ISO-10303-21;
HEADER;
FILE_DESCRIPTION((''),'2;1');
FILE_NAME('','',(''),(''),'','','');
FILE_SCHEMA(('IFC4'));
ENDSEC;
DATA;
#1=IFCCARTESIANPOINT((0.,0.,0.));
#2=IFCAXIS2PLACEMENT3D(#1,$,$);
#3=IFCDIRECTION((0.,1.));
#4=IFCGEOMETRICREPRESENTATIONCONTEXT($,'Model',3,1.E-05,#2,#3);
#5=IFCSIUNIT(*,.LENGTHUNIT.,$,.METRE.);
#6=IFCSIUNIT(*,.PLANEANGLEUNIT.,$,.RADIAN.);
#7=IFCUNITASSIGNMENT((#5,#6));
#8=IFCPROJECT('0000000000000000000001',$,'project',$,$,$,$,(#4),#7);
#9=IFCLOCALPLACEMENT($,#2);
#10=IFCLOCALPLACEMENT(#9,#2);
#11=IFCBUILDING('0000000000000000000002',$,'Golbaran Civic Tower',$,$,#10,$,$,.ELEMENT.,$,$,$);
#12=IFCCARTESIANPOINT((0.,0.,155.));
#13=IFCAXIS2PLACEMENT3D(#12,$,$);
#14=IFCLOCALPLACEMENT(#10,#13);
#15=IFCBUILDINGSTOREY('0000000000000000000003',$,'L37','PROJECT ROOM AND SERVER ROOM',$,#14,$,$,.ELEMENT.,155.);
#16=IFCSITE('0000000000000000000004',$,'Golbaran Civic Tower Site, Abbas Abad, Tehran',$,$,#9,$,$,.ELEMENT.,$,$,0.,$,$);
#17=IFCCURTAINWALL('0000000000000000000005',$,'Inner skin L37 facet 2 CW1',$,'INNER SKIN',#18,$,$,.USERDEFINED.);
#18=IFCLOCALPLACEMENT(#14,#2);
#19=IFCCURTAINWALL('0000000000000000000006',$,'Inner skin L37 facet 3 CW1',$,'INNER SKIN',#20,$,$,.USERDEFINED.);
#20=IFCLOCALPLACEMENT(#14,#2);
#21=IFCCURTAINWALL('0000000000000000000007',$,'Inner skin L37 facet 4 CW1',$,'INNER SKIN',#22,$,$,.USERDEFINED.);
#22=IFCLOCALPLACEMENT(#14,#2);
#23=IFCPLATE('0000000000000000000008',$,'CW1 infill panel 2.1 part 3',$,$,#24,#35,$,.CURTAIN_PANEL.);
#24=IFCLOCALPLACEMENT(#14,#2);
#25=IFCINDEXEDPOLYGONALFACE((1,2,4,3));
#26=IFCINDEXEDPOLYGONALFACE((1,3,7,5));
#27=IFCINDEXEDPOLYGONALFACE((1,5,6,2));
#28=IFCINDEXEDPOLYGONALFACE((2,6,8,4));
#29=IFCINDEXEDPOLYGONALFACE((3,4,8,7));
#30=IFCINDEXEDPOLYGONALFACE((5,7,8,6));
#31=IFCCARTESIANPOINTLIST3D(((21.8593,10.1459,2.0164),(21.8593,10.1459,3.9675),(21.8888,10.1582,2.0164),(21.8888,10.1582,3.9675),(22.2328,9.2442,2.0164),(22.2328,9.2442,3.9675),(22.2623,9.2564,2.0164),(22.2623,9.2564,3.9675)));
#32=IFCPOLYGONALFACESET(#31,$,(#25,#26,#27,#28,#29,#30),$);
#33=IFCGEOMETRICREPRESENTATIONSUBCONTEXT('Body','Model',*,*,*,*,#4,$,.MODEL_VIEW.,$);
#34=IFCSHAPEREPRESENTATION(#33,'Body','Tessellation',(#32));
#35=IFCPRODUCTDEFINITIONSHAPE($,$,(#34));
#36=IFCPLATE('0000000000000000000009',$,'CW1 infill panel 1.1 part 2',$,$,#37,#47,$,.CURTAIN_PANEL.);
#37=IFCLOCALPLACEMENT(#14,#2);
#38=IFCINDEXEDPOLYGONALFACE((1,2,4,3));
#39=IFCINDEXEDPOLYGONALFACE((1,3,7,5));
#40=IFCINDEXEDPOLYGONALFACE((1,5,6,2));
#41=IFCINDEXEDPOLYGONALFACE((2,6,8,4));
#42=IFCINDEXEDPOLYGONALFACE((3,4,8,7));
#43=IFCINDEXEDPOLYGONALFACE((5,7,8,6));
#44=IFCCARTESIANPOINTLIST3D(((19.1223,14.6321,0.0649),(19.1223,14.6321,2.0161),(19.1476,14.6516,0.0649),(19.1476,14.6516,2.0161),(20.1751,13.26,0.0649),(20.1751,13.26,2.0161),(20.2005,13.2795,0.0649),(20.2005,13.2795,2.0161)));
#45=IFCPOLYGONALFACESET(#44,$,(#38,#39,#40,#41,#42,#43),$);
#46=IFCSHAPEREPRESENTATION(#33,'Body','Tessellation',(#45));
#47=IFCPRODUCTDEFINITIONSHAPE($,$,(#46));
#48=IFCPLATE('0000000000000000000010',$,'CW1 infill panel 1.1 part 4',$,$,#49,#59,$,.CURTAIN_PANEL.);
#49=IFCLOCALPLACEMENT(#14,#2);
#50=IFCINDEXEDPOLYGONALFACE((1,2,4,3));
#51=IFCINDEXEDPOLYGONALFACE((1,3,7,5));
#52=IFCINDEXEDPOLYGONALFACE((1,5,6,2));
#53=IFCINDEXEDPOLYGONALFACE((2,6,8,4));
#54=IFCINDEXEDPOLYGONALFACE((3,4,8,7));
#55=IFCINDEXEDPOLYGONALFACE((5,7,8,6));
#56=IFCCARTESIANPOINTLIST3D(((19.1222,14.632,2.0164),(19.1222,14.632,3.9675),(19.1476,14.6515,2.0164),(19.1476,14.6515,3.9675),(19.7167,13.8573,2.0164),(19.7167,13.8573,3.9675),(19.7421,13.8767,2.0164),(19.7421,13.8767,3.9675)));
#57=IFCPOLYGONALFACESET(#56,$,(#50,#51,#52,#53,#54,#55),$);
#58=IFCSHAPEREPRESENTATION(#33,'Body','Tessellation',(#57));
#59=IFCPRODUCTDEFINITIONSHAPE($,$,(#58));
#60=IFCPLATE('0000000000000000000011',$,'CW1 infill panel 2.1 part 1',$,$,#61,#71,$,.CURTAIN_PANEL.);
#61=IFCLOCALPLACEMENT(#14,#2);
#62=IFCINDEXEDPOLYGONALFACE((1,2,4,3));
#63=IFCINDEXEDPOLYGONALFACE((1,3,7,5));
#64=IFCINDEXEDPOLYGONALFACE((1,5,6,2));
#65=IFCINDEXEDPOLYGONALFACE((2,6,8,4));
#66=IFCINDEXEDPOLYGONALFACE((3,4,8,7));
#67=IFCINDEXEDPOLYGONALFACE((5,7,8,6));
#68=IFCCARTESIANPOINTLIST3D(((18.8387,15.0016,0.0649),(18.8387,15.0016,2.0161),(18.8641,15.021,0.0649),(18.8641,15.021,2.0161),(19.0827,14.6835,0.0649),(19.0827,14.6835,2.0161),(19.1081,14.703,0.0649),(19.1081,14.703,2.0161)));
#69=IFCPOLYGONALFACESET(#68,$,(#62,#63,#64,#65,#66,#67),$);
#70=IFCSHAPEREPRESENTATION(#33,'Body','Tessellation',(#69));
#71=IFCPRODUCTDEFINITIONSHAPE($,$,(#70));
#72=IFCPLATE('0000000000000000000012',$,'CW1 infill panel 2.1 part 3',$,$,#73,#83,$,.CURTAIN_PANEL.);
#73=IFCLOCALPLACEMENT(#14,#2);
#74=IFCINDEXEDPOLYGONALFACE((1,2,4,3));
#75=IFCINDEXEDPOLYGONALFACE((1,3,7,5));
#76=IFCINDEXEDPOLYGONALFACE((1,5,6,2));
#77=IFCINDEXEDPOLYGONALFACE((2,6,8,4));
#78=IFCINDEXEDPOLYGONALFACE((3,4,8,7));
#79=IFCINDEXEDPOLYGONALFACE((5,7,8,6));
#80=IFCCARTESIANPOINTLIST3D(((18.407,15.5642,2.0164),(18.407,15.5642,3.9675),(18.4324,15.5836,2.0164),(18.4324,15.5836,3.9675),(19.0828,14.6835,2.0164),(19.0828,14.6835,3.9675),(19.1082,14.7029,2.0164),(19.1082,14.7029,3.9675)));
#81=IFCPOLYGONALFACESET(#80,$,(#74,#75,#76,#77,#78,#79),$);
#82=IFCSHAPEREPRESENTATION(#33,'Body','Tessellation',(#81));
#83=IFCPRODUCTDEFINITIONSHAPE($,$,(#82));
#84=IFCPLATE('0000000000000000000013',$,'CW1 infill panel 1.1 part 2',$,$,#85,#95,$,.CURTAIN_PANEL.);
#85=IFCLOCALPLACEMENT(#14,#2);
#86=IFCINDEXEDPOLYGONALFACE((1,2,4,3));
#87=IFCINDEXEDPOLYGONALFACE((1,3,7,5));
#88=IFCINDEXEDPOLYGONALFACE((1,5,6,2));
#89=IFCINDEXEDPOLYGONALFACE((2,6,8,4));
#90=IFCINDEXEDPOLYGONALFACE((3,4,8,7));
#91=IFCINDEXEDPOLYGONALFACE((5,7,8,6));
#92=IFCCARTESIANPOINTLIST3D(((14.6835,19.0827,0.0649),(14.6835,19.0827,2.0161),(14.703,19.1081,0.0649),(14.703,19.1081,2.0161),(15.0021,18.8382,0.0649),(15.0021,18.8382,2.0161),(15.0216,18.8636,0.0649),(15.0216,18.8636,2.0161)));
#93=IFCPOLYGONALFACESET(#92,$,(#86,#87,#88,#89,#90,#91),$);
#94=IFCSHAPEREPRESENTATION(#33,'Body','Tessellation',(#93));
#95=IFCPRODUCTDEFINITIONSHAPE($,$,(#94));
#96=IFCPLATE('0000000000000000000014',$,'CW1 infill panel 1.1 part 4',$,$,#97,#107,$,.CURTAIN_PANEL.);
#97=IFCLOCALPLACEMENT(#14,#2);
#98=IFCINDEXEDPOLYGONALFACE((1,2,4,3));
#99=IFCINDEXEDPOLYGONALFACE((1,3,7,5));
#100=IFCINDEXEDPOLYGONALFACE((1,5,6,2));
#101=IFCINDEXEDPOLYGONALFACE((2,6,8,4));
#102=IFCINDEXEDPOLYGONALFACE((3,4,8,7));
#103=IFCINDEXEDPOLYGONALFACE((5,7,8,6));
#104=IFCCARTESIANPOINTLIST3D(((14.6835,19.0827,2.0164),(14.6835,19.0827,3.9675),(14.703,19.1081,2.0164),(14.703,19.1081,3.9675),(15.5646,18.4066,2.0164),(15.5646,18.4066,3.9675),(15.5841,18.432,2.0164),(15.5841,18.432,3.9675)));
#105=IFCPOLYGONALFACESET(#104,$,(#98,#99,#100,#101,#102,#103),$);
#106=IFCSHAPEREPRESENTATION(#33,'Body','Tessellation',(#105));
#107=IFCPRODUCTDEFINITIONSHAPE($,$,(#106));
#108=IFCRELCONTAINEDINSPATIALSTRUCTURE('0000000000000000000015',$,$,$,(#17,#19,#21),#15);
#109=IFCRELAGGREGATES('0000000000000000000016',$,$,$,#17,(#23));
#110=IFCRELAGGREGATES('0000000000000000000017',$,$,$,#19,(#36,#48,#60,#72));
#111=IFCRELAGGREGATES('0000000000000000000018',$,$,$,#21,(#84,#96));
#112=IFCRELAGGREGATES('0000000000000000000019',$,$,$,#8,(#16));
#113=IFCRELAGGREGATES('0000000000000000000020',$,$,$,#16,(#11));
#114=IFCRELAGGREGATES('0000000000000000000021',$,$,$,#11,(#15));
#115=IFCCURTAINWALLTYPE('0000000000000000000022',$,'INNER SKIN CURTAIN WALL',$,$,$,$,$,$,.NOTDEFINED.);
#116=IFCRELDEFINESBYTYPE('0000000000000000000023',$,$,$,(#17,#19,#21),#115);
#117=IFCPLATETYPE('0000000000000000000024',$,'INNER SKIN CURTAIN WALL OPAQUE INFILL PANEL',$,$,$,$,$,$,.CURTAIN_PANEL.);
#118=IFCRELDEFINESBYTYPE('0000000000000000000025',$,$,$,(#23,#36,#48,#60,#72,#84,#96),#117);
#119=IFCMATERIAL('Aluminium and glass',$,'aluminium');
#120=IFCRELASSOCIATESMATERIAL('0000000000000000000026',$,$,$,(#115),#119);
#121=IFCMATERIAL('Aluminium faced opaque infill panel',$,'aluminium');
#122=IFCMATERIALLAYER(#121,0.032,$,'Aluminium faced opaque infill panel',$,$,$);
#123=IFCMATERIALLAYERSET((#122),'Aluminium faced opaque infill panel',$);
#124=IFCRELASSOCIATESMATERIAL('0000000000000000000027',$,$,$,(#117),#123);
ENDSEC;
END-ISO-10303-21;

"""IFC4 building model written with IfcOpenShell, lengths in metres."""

from ifc_helpers import new_model, si_unit, direction, frame, origin, origin_2d, place, context, subcontext, project, spatial, rectangle, extrude, material, layer, layer_set, type_object, element, aggregate, save


model = new_model("IFC4")

# Units and contexts
model_context = context("Model", 3, precision=1e-05, world=origin(), true_north=direction((0.0, 1.0)))
body_context = subcontext(model_context, "Body", "Model", "MODEL_VIEW")
ifc_project = project(units=[si_unit("LENGTHUNIT", "METRE"), si_unit("PLANEANGLEUNIT", "RADIAN")], contexts=[model_context])

# Site, building, storey
site_placement = place(None, origin())
site = spatial("IfcSite", under=ifc_project, at=site_placement, Name="Golbaran Civic Tower Site, Abbas Abad, Tehran", CompositionType="ELEMENT", RefElevation=0.0)
building_placement = place(site_placement, origin())
building = spatial("IfcBuilding", under=site, at=building_placement, Name="Golbaran Civic Tower", CompositionType="ELEMENT")
storey_placement = place(building_placement, frame((0.0, 0.0, 155.0)))
storey = spatial("IfcBuildingStorey", under=building, at=storey_placement, Name="L37", Description="PROJECT ROOM AND SERVER ROOM", CompositionType="ELEMENT", Elevation=155.0)

# Curtain wall
ifc_material_1 = material(Name="Aluminium and glass", Category="aluminium")
curtain_wall_type = type_object("IfcCurtainWallType", Name="INNER SKIN CURTAIN WALL", PredefinedType="NOTDEFINED", material=ifc_material_1)
curtain_wall_1_placement = place(storey_placement, origin())
curtain_wall_1 = element("IfcCurtainWall", 1, at=curtain_wall_1_placement, inside=storey, type_object=curtain_wall_type, Name="Inner skin L37 facet 2 CW1", ObjectType="INNER SKIN", PredefinedType="USERDEFINED")

# Curtain wall
curtain_wall_2_placement = place(storey_placement, origin())
curtain_wall_2 = element("IfcCurtainWall", 2, at=curtain_wall_2_placement, inside=storey, type_object=curtain_wall_type, Name="Inner skin L37 facet 3 CW1", ObjectType="INNER SKIN", PredefinedType="USERDEFINED")

# Curtain wall
curtain_wall_3_placement = place(storey_placement, origin())
curtain_wall_3 = element("IfcCurtainWall", 3, at=curtain_wall_3_placement, inside=storey, type_object=curtain_wall_type, Name="Inner skin L37 facet 4 CW1", ObjectType="INNER SKIN", PredefinedType="USERDEFINED")

# Plates
ifc_material_2 = material(Name="Aluminium faced opaque infill panel", Category="aluminium")
ifc_layer_1 = layer(ifc_material_2, 0.032, Name="Aluminium faced opaque infill panel")
ifc_layer_set_1 = layer_set([ifc_layer_1], Name="Aluminium faced opaque infill panel")
plate_type_1 = type_object("IfcPlateType", Name="INNER SKIN CURTAIN WALL OPAQUE INFILL PANEL", PredefinedType="CURTAIN_PANEL", material=ifc_layer_set_1)
plate_1_placement = place(storey_placement, frame((22.0608, 9.7012, 2.0164), z_axis=(0.0, 0.0, 1.0), x_axis=(-0.382683, 0.92388, 0.0)))
plate_1 = element("IfcPlate", 4, at=plate_1_placement, type_object=plate_type_1, Name="CW1 infill panel 2.1 part 3", PredefinedType="CURTAIN_PANEL", context=body_context, shape_type="SweptSolid", body=[
    extrude(rectangle(XDim=0.9761, YDim=0.032, at=origin_2d()), origin(), (0.0, 0.0, 1.0), 1.9512),
])
aggregate(curtain_wall_1, [plate_1])
plate_2_placement = place(storey_placement, frame((19.6614, 13.9558, 0.0649), z_axis=(0.0, 0.0, 1.0), x_axis=(-0.608761, 0.793353, 0.0)))
plate_2 = element("IfcPlate", 5, at=plate_2_placement, type_object=plate_type_1, Name="CW1 infill panel 1.1 part 2", PredefinedType="CURTAIN_PANEL", context=body_context, shape_type="SweptSolid", body=[
    extrude(rectangle(XDim=1.7295, YDim=0.032, at=origin_2d()), origin(), (0.0, 0.0, 1.0), 1.9512),
])
plate_3_placement = place(storey_placement, frame((19.4321, 14.2544, 2.0164), z_axis=(0.0, 0.0, 1.0), x_axis=(-0.608761, 0.793353, 0.0)))
plate_3 = element("IfcPlate", 6, at=plate_3_placement, type_object=plate_type_1, Name="CW1 infill panel 1.1 part 4", PredefinedType="CURTAIN_PANEL", context=body_context, shape_type="SweptSolid", body=[
    extrude(rectangle(XDim=0.9766, YDim=0.032, at=origin_2d()), origin(), (0.0, 0.0, 1.0), 1.9512),
])
plate_4_placement = place(storey_placement, frame((18.9734, 14.8523, 0.0649), z_axis=(0.0, 0.0, 1.0), x_axis=(-0.608761, 0.793353, 0.0)))
plate_4 = element("IfcPlate", 7, at=plate_4_placement, type_object=plate_type_1, Name="CW1 infill panel 2.1 part 1", PredefinedType="CURTAIN_PANEL", context=body_context, shape_type="SweptSolid", body=[
    extrude(rectangle(XDim=0.4009, YDim=0.032, at=origin_2d()), origin(), (0.0, 0.0, 1.0), 1.9512),
])
plate_5_placement = place(storey_placement, frame((18.7576, 15.1335, 2.0164), z_axis=(0.0, 0.0, 1.0), x_axis=(-0.608761, 0.793353, 0.0)))
plate_5 = element("IfcPlate", 8, at=plate_5_placement, type_object=plate_type_1, Name="CW1 infill panel 2.1 part 3", PredefinedType="CURTAIN_PANEL", context=body_context, shape_type="SweptSolid", body=[
    extrude(rectangle(XDim=1.1101, YDim=0.032, at=origin_2d()), origin(), (0.0, 0.0, 1.0), 1.9512),
])
aggregate(curtain_wall_2, [plate_2, plate_3, plate_4, plate_5])
plate_6_placement = place(storey_placement, frame((14.8525, 18.9731, 0.0649), z_axis=(0.0, 0.0, 1.0), x_axis=(-0.793353, 0.608761, 0.0)))
plate_6 = element("IfcPlate", 9, at=plate_6_placement, type_object=plate_type_1, Name="CW1 infill panel 1.1 part 2", PredefinedType="CURTAIN_PANEL", context=body_context, shape_type="SweptSolid", body=[
    extrude(rectangle(XDim=0.4016, YDim=0.032, at=origin_2d()), origin(), (0.0, 0.0, 1.0), 1.9512),
])
plate_7_placement = place(storey_placement, frame((15.1338, 18.7573, 2.0164), z_axis=(0.0, 0.0, 1.0), x_axis=(-0.793353, 0.608761, 0.0)))
plate_7 = element("IfcPlate", 10, at=plate_7_placement, type_object=plate_type_1, Name="CW1 infill panel 1.1 part 4", PredefinedType="CURTAIN_PANEL", context=body_context, shape_type="SweptSolid", body=[
    extrude(rectangle(XDim=1.1106, YDim=0.032, at=origin_2d()), origin(), (0.0, 0.0, 1.0), 1.9512),
])
aggregate(curtain_wall_3, [plate_6, plate_7])

save(model, "model.ifc")
